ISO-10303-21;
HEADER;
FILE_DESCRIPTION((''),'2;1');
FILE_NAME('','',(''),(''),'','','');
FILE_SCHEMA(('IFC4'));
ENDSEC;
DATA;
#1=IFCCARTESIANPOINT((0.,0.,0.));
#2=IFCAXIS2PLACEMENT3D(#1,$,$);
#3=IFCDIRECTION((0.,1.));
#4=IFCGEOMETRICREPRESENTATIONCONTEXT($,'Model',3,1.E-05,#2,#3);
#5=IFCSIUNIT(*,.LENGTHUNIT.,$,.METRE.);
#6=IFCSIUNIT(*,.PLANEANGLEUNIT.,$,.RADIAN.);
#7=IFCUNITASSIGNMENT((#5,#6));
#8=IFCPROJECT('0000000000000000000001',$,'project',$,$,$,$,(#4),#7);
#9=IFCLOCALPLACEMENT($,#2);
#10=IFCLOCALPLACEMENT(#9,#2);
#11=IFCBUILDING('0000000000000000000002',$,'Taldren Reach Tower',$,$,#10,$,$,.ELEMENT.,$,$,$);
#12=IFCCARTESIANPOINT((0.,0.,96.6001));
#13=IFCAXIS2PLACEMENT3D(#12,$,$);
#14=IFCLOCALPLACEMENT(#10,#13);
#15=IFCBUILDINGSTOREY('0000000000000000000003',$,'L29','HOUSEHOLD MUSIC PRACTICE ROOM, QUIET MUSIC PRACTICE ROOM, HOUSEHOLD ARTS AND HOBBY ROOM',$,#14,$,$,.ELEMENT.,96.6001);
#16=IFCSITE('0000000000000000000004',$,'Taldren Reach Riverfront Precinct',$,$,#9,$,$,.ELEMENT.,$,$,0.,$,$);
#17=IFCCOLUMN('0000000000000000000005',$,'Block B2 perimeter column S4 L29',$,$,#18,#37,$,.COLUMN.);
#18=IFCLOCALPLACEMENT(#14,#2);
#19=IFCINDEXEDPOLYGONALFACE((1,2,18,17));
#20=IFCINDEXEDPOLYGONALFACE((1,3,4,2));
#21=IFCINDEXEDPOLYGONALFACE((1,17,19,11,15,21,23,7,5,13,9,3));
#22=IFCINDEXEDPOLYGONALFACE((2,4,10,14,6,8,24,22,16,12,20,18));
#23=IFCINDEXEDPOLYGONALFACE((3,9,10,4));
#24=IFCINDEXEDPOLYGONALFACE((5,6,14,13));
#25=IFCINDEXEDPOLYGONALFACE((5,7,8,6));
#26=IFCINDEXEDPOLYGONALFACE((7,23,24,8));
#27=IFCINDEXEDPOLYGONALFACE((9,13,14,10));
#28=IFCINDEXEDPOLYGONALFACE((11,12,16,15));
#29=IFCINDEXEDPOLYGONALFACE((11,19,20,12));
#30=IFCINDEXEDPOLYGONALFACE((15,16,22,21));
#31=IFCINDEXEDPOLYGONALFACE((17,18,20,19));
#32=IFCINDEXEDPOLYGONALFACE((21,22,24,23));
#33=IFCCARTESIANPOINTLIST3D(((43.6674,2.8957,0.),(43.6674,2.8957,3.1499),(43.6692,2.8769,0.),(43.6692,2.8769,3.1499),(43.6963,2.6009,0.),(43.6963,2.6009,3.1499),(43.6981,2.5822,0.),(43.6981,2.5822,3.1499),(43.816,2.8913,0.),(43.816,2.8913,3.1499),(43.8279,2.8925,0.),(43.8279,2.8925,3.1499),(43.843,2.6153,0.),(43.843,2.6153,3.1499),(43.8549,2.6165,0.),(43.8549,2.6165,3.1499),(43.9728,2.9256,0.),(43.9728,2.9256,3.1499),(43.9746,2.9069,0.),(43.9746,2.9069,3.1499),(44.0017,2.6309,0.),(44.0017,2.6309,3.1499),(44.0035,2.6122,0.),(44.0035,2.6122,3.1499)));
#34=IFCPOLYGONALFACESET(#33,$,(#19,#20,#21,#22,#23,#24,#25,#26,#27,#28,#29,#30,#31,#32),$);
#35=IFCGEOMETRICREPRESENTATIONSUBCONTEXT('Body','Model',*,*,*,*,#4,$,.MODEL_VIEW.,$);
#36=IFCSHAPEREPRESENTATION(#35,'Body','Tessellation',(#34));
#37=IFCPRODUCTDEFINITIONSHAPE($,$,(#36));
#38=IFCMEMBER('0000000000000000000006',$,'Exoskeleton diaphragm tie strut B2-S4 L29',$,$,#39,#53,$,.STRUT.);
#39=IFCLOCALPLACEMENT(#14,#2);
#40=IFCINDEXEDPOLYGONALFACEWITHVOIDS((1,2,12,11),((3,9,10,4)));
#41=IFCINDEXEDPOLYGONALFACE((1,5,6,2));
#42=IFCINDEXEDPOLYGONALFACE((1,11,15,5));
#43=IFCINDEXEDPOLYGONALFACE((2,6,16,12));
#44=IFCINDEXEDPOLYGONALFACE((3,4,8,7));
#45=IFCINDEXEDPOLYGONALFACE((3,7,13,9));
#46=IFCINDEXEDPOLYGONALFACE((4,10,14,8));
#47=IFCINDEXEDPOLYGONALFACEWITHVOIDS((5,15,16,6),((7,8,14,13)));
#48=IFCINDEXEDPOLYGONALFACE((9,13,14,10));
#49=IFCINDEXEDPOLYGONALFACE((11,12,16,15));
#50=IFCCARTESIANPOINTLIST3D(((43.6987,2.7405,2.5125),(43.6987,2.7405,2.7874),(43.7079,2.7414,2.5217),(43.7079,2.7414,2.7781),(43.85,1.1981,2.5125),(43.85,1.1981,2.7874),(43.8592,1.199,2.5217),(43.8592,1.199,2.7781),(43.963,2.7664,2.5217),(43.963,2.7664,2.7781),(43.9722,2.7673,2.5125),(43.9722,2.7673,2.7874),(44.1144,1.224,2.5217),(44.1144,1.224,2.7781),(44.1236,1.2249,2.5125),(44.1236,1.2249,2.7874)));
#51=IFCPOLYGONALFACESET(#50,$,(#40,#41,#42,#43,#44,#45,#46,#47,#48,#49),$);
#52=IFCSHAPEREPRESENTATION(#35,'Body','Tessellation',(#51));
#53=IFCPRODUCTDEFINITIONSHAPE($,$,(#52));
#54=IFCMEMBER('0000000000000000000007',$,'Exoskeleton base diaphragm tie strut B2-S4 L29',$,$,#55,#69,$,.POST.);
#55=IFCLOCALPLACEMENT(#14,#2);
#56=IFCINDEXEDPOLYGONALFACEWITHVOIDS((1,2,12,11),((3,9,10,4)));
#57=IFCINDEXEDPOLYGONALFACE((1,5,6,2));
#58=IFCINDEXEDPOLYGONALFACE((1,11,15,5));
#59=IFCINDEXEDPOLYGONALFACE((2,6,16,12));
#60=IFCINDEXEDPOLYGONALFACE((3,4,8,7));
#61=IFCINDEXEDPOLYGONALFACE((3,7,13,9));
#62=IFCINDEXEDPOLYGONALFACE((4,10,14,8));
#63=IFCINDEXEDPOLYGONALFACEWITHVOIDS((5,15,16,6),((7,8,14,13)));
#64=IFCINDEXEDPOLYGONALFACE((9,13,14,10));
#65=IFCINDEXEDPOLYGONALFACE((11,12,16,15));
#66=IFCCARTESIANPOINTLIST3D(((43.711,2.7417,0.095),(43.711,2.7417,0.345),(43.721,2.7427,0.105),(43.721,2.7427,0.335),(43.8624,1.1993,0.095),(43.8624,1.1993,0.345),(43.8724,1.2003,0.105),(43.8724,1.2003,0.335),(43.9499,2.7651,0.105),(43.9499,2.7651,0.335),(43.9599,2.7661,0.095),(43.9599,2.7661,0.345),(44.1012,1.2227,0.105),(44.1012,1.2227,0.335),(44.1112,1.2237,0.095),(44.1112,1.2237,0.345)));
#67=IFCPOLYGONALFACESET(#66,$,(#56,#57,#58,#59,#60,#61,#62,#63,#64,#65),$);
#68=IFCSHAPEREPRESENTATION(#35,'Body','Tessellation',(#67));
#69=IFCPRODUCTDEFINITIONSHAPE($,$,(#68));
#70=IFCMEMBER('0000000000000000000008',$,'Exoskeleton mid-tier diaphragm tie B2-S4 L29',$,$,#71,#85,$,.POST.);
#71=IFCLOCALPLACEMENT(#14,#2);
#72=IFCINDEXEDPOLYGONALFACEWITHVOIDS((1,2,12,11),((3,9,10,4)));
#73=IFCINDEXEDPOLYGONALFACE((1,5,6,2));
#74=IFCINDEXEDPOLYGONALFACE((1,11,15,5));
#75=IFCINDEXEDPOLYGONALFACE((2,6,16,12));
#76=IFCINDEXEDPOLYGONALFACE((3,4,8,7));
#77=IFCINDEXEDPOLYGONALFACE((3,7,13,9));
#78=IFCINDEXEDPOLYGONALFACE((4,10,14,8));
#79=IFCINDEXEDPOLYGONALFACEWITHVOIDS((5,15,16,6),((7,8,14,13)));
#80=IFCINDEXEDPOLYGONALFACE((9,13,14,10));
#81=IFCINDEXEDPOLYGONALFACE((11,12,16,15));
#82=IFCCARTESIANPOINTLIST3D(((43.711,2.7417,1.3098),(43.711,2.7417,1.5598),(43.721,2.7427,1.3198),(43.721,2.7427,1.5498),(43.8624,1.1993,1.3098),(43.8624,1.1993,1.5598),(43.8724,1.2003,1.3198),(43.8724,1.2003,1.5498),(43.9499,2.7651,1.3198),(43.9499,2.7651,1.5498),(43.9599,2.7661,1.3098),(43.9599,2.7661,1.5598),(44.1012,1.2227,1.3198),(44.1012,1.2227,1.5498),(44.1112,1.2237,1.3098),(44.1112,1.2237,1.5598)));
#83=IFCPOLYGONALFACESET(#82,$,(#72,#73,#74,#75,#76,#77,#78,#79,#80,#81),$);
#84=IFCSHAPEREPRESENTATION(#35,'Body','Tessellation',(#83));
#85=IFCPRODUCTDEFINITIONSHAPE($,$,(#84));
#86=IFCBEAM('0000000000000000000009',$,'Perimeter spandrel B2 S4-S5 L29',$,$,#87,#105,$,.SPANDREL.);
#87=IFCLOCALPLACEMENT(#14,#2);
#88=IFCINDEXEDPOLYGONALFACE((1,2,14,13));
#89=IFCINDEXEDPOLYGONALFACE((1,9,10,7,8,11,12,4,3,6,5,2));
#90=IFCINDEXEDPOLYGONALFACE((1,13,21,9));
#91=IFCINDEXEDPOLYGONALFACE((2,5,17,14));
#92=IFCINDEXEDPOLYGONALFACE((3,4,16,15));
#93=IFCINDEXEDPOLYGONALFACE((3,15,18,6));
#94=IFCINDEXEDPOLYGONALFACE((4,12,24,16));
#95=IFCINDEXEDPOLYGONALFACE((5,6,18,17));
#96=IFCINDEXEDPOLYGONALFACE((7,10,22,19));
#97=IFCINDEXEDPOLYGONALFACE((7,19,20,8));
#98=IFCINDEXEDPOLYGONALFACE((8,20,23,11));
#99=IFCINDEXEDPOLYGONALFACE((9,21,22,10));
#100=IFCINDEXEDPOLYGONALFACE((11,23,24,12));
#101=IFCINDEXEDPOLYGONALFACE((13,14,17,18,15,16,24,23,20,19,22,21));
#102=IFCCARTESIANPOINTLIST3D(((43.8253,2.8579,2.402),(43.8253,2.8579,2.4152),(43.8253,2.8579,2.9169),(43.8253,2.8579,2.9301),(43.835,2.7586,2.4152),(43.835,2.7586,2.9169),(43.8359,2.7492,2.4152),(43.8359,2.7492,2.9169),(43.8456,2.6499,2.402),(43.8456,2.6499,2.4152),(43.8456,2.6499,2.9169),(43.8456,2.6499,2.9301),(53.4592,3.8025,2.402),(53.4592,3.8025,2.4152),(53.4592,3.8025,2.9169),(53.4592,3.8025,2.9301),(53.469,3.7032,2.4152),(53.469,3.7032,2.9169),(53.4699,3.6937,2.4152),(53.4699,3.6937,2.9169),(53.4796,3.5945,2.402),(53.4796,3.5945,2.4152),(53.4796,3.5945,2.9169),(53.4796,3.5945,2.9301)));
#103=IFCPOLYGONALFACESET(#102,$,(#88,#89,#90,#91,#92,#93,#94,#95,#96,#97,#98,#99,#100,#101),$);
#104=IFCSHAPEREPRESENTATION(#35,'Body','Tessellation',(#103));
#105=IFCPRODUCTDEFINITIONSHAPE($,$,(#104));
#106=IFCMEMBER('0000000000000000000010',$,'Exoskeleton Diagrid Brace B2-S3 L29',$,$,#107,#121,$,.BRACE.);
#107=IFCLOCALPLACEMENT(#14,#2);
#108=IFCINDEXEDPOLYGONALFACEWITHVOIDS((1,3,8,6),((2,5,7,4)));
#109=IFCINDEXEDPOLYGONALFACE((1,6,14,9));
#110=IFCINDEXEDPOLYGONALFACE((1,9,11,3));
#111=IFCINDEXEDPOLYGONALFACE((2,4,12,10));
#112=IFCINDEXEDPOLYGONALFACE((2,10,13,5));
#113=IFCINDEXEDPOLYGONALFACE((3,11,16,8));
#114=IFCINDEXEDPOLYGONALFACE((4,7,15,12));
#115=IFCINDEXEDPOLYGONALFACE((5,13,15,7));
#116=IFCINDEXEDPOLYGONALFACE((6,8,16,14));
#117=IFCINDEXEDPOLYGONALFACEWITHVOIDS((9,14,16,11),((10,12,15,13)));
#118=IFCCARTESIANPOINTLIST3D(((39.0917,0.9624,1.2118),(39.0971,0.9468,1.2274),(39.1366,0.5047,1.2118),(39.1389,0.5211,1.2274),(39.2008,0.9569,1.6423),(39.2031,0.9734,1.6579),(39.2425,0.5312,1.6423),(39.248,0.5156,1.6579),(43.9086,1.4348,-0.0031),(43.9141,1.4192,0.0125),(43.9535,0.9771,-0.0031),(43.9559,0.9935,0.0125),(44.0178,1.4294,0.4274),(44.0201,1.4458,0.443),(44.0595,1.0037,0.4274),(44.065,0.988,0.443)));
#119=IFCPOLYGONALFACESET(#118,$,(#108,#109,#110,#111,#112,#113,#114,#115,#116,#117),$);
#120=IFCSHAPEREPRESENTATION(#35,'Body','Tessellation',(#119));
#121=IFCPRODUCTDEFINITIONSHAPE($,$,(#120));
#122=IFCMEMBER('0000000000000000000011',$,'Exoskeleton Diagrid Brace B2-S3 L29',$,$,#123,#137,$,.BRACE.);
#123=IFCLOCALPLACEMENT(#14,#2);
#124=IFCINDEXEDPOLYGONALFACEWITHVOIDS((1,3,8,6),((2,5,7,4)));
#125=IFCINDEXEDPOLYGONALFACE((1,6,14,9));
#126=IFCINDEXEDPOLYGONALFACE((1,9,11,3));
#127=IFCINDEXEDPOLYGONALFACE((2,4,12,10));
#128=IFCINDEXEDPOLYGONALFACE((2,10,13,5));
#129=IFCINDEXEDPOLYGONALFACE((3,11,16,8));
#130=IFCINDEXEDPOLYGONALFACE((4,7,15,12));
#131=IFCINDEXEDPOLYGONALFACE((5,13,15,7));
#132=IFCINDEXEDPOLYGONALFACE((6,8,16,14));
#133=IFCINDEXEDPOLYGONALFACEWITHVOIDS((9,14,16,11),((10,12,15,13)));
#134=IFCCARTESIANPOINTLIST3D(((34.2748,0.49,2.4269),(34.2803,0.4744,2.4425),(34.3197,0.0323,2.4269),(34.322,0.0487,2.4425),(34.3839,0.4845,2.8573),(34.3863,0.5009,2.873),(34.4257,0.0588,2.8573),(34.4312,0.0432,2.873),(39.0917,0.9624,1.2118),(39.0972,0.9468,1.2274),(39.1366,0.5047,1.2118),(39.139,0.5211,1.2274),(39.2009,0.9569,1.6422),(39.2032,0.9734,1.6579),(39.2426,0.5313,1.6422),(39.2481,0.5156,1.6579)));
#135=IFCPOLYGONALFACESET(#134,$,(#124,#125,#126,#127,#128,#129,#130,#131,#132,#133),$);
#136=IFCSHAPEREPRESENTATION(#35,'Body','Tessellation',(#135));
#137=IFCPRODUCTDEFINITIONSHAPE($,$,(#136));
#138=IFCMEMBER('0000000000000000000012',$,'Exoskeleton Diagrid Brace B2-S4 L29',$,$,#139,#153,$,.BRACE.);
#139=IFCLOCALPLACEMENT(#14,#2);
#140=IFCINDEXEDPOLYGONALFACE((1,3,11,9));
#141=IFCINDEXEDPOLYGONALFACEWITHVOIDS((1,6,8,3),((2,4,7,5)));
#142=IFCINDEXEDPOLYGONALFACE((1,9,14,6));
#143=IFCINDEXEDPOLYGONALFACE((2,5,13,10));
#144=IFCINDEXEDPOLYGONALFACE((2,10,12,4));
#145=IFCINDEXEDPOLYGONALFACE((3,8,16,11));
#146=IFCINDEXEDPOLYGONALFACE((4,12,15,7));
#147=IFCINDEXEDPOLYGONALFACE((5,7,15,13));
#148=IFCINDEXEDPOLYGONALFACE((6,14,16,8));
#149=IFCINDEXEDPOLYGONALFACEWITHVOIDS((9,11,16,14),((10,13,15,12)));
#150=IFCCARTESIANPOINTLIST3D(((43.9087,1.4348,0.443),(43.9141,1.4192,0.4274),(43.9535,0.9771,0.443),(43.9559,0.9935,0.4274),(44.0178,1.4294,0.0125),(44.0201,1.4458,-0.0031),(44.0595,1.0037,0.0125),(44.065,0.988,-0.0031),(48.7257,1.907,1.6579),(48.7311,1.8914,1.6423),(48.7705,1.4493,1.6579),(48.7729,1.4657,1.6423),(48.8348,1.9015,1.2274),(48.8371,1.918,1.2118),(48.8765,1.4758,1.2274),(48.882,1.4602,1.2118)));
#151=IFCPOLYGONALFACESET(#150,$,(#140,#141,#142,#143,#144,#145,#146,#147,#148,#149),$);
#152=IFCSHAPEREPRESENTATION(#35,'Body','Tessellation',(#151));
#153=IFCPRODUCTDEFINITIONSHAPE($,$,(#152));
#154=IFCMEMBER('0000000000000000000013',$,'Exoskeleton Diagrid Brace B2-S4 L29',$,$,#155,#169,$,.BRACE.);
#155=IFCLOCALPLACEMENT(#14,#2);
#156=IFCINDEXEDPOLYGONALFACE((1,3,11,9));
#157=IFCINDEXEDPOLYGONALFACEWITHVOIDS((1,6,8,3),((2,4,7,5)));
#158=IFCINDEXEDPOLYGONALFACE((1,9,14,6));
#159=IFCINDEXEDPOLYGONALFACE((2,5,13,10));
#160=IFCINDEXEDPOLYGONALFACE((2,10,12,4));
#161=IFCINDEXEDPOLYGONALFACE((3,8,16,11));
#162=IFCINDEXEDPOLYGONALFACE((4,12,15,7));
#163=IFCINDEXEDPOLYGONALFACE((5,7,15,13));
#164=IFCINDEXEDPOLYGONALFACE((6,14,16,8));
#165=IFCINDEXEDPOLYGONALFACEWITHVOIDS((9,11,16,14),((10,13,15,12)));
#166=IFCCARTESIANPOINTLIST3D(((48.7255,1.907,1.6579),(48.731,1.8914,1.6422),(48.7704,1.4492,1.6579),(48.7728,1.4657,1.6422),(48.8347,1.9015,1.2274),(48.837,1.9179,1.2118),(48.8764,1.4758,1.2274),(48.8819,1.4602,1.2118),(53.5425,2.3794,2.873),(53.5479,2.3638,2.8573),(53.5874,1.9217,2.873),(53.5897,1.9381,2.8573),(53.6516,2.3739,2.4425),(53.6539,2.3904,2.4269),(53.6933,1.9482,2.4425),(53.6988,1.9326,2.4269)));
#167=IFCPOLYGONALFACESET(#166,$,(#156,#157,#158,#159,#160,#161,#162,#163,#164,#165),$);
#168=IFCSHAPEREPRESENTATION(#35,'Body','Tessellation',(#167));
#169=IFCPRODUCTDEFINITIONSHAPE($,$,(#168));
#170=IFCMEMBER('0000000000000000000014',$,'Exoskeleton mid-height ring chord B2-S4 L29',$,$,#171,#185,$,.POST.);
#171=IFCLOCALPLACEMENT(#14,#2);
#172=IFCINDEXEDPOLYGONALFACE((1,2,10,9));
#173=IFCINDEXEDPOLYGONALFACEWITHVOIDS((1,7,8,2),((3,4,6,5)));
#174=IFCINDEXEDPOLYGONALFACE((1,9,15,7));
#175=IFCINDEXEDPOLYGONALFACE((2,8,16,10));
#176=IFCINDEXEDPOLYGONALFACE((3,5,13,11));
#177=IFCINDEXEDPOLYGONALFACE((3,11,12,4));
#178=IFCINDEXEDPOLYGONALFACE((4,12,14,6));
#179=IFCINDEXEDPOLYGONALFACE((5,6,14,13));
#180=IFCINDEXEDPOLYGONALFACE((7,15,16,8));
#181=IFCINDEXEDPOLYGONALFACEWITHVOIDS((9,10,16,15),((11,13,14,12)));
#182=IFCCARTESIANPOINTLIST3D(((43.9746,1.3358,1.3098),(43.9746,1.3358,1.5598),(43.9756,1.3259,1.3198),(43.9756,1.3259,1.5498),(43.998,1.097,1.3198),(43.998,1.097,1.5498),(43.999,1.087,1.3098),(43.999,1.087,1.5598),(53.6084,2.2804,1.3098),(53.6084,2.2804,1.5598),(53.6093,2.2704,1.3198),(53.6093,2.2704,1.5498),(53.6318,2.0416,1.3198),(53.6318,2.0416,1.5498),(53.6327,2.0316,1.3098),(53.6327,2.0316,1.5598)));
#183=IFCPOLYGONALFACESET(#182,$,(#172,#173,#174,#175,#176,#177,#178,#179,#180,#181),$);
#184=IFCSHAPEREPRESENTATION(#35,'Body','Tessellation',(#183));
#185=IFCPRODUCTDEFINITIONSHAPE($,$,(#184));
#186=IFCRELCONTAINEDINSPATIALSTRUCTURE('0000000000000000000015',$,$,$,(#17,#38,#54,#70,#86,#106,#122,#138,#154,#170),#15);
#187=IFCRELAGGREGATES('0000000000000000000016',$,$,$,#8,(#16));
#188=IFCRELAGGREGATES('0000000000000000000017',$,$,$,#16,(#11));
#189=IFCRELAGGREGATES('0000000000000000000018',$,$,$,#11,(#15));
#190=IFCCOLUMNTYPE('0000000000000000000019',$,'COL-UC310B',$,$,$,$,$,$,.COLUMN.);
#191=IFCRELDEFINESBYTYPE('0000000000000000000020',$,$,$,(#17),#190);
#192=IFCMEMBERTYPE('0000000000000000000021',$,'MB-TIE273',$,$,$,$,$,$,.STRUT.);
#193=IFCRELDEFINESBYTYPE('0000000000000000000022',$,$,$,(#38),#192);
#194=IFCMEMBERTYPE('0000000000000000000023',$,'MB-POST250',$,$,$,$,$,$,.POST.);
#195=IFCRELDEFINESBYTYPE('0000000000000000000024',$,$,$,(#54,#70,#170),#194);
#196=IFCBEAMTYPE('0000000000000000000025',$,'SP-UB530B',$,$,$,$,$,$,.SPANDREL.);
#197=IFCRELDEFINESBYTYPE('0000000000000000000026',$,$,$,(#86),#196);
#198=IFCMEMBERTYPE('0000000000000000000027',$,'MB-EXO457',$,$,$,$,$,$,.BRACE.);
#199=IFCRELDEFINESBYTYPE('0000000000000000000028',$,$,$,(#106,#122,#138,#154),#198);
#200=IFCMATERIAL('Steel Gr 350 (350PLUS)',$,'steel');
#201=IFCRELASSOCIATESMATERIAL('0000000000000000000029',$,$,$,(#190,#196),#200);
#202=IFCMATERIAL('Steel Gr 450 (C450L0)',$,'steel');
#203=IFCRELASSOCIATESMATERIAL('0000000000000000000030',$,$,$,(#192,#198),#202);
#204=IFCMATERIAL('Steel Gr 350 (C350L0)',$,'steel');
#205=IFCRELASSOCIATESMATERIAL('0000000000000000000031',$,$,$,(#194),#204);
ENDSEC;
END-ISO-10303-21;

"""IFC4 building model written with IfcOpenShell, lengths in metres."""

from ifc_helpers import new_model, si_unit, direction, frame, origin, origin_2d, place, context, subcontext, project, spatial, hollow_rectangle, i_section, extrude, source, transform, mapped, material, material_profile, profile_set, type_object, element, save


model = new_model("IFC4")

# Units and contexts
model_context = context("Model", 3, precision=1e-05, world=origin(), true_north=direction((0.0, 1.0)))
body_context = subcontext(model_context, "Body", "Model", "MODEL_VIEW")
ifc_project = project(units=[si_unit("LENGTHUNIT", "METRE"), si_unit("PLANEANGLEUNIT", "RADIAN")], contexts=[model_context])

# Site, building, storey
site_placement = place(None, origin())
site = spatial("IfcSite", under=ifc_project, at=site_placement, Name="Taldren Reach Riverfront Precinct", CompositionType="ELEMENT", RefElevation=0.0)
building_placement = place(site_placement, origin())
building = spatial("IfcBuilding", under=site, at=building_placement, Name="Taldren Reach Tower", CompositionType="ELEMENT")
storey_placement = place(building_placement, frame((0.0, 0.0, 96.6001)))
storey = spatial("IfcBuildingStorey", under=building, at=storey_placement, Name="L29", Description="HOUSEHOLD MUSIC PRACTICE ROOM, QUIET MUSIC PRACTICE ROOM, HOUSEHOLD ARTS AND HOBBY ROOM", CompositionType="ELEMENT", Elevation=96.6001)

# Column
ifc_material_1 = material(Name="Steel Gr 350 (350PLUS)", Category="steel")
ifc_material_profile_1 = material_profile(ifc_material_1, i_section(OverallWidth=0.3069, OverallDepth=0.3149, WebThickness=0.012, FlangeThickness=0.0188, at=origin_2d()), Name="310UC118")
ifc_profile_set_1 = profile_set([ifc_material_profile_1], Name="Steel Gr 350 (350PLUS)")
column_type = type_object("IfcColumnType", Name="COL-UC310B", PredefinedType="COLUMN", material=ifc_profile_set_1)
shared_shape_1 = source(origin(), body_context, "Body", "SweptSolid", [
    extrude(i_section(OverallWidth=0.3069, OverallDepth=0.3149, WebThickness=0.012, FlangeThickness=0.0188, at=origin_2d()), origin(), (0.0, 0.0, 1.0), 3.1499),
])
column_placement = place(storey_placement, frame((43.8354, 2.7539, 0.0), z_axis=(0.0, 0.0, 1.0), x_axis=(0.995227, 0.097583, 0.0)))
element("IfcColumn", 1, at=column_placement, inside=storey, type_object=column_type, Name="Block B2 perimeter column S4 L29", PredefinedType="COLUMN", context=body_context, shape_type="MappedRepresentation", body=[
    mapped(shared_shape_1, transform((0.0, 0.0, 0.0), scale=1.0)),
])

# Members
ifc_material_2 = material(Name="Steel Gr 450 (C450L0)", Category="steel")
ifc_material_profile_2 = material_profile(ifc_material_2, hollow_rectangle(XDim=0.2749, YDim=0.2749, WallThickness=0.0093, at=origin_2d()), Name="275x275x9.3SHS")
ifc_profile_set_2 = profile_set([ifc_material_profile_2], Name="Steel Gr 450 (C450L0)")
member_type_1 = type_object("IfcMemberType", Name="MB-TIE273", PredefinedType="STRUT", material=ifc_profile_set_2)
shared_shape_2 = source(origin(), body_context, "Body", "SweptSolid", [
    extrude(hollow_rectangle(XDim=0.2749, YDim=0.2749, WallThickness=0.0093, at=origin_2d()), origin(), (0.0, 0.0, 1.0), 1.5498),
])
member_1_placement = place(storey_placement, frame((43.8354, 2.7539, 2.6499), z_axis=(0.097663, -0.99522, 0.0), x_axis=(0.99522, 0.097663, 0.0)))
element("IfcMember", 2, at=member_1_placement, inside=storey, type_object=member_type_1, Name="Exoskeleton diaphragm tie strut B2-S4 L29", PredefinedType="STRUT", context=body_context, shape_type="MappedRepresentation", body=[
    mapped(shared_shape_2, transform((0.0, 0.0, 0.0), scale=1.0)),
])
ifc_material_3 = material(Name="Steel Gr 350 (C350L0)", Category="steel")
ifc_material_profile_3 = material_profile(ifc_material_3, hollow_rectangle(XDim=0.25, YDim=0.25, WallThickness=0.01, at=origin_2d()), Name="250x250x10.0SHS")
ifc_profile_set_3 = profile_set([ifc_material_profile_3], Name="Steel Gr 350 (C350L0)")
member_type_2 = type_object("IfcMemberType", Name="MB-POST250", PredefinedType="POST", material=ifc_profile_set_3)
shared_shape_3 = source(origin(), body_context, "Body", "SweptSolid", [
    extrude(hollow_rectangle(XDim=0.25, YDim=0.25, WallThickness=0.01, at=origin_2d()), origin(), (0.0, 0.0, 1.0), 1.5498),
])
for number, where, z_axis, x_axis, name in (
    (3, (43.8354, 2.7539, 0.22), (0.097663, -0.99522, 0.0), (0.99522, 0.097663, 0.0), "Exoskeleton base diaphragm tie strut B2-S4 L29"),
    (4, (43.8354, 2.7539, 1.4348), (0.097663, -0.99522, 0.0), (0.99522, 0.097663, 0.0), "Exoskeleton mid-tier diaphragm tie B2-S4 L29"),
):
    element("IfcMember", number, at=place(storey_placement, frame(where, z_axis=z_axis, x_axis=x_axis)), inside=storey, type_object=member_type_2, Name=name, PredefinedType="POST", context=body_context, shape_type="MappedRepresentation", body=[
        mapped(shared_shape_3, transform((0.0, 0.0, 0.0), scale=1.0)),
    ])

# Beam
ifc_material_profile_4 = material_profile(ifc_material_1, i_section(OverallWidth=0.209, OverallDepth=0.5281, WebThickness=0.0095, FlangeThickness=0.0132, at=origin_2d()), Name="530UB82.0")
ifc_profile_set_4 = profile_set([ifc_material_profile_4], Name="Steel Gr 350 (350PLUS)")
beam_type = type_object("IfcBeamType", Name="SP-UB530B", PredefinedType="SPANDREL", material=ifc_profile_set_4)
shared_shape_4 = source(origin(), body_context, "Body", "SweptSolid", [
    extrude(i_section(OverallWidth=0.209, OverallDepth=0.5281, WebThickness=0.0095, FlangeThickness=0.0132, at=origin_2d()), origin(), (0.0, 0.0, 1.0), 9.6802),
])
beam_placement = place(storey_placement, frame((43.8354, 2.7539, 2.666), z_axis=(0.995228, 0.097578, 0.0), x_axis=(-0.097578, 0.995228, 0.0)))
element("IfcBeam", 5, at=beam_placement, inside=storey, type_object=beam_type, Name="Perimeter spandrel B2 S4-S5 L29", PredefinedType="SPANDREL", context=body_context, shape_type="MappedRepresentation", body=[
    mapped(shared_shape_4, transform((0.0, 0.0, 0.0), scale=1.0)),
])

# Members
ifc_material_profile_5 = material_profile(ifc_material_2, hollow_rectangle(XDim=0.46, YDim=0.46, WallThickness=0.0161, at=origin_2d()), Name="460x460x16.0SHS")
ifc_profile_set_5 = profile_set([ifc_material_profile_5], Name="Steel Gr 450 (C450L0)")
member_type_3 = type_object("IfcMemberType", Name="MB-EXO457", PredefinedType="BRACE", material=ifc_profile_set_5)
shared_shape_5 = source(origin(), body_context, "Body", "SweptSolid", [
    extrude(hollow_rectangle(XDim=0.46, YDim=0.46, WallThickness=0.0161, at=origin_2d()), origin(), (0.0, 0.0, 1.0), 4.9902),
])
for number, where, z_axis, x_axis, name in (
    (6, (43.9868, 1.2114, 0.22), (-0.965283, -0.094669, 0.243449), (0.097606, -0.995225, 0.0), "Exoskeleton Diagrid Brace B2-S3 L29"),
    (7, (39.1699, 0.739, 1.4348), (-0.965271, -0.094668, 0.243495), (0.097606, -0.995225, 0.0), "Exoskeleton Diagrid Brace B2-S3 L29"),
    (8, (43.9868, 1.2114, 0.22), (0.965287, 0.094621, 0.24345), (-0.097556, 0.99523, 0.0), "Exoskeleton Diagrid Brace B2-S4 L29"),
    (9, (48.8037, 1.6836, 1.4348), (0.965271, 0.094668, 0.243495), (-0.097606, 0.995225, 0.0), "Exoskeleton Diagrid Brace B2-S4 L29"),
):
    element("IfcMember", number, at=place(storey_placement, frame(where, z_axis=z_axis, x_axis=x_axis)), inside=storey, type_object=member_type_3, Name=name, PredefinedType="BRACE", context=body_context, shape_type="MappedRepresentation", body=[
        mapped(shared_shape_5, transform((0.0, 0.0, 0.0), scale=1.0)),
    ])
shared_shape_6 = source(origin(), body_context, "Body", "SweptSolid", [
    extrude(hollow_rectangle(XDim=0.25, YDim=0.25, WallThickness=0.01, at=origin_2d()), origin(), (0.0, 0.0, 1.0), 9.6799),
])
for number, where, z_axis, x_axis, name in (
    (10, (43.9868, 1.2114, 1.4348), (0.995228, 0.097581, 0.0), (-0.097581, 0.995228, 0.0), "Exoskeleton mid-height ring chord B2-S4 L29"),
):
    element("IfcMember", number, at=place(storey_placement, frame(where, z_axis=z_axis, x_axis=x_axis)), inside=storey, type_object=member_type_2, Name=name, PredefinedType="POST", context=body_context, shape_type="MappedRepresentation", body=[
        mapped(shared_shape_6, transform((0.0, 0.0, 0.0), scale=1.0)),
    ])

save(model, "model.ifc")
